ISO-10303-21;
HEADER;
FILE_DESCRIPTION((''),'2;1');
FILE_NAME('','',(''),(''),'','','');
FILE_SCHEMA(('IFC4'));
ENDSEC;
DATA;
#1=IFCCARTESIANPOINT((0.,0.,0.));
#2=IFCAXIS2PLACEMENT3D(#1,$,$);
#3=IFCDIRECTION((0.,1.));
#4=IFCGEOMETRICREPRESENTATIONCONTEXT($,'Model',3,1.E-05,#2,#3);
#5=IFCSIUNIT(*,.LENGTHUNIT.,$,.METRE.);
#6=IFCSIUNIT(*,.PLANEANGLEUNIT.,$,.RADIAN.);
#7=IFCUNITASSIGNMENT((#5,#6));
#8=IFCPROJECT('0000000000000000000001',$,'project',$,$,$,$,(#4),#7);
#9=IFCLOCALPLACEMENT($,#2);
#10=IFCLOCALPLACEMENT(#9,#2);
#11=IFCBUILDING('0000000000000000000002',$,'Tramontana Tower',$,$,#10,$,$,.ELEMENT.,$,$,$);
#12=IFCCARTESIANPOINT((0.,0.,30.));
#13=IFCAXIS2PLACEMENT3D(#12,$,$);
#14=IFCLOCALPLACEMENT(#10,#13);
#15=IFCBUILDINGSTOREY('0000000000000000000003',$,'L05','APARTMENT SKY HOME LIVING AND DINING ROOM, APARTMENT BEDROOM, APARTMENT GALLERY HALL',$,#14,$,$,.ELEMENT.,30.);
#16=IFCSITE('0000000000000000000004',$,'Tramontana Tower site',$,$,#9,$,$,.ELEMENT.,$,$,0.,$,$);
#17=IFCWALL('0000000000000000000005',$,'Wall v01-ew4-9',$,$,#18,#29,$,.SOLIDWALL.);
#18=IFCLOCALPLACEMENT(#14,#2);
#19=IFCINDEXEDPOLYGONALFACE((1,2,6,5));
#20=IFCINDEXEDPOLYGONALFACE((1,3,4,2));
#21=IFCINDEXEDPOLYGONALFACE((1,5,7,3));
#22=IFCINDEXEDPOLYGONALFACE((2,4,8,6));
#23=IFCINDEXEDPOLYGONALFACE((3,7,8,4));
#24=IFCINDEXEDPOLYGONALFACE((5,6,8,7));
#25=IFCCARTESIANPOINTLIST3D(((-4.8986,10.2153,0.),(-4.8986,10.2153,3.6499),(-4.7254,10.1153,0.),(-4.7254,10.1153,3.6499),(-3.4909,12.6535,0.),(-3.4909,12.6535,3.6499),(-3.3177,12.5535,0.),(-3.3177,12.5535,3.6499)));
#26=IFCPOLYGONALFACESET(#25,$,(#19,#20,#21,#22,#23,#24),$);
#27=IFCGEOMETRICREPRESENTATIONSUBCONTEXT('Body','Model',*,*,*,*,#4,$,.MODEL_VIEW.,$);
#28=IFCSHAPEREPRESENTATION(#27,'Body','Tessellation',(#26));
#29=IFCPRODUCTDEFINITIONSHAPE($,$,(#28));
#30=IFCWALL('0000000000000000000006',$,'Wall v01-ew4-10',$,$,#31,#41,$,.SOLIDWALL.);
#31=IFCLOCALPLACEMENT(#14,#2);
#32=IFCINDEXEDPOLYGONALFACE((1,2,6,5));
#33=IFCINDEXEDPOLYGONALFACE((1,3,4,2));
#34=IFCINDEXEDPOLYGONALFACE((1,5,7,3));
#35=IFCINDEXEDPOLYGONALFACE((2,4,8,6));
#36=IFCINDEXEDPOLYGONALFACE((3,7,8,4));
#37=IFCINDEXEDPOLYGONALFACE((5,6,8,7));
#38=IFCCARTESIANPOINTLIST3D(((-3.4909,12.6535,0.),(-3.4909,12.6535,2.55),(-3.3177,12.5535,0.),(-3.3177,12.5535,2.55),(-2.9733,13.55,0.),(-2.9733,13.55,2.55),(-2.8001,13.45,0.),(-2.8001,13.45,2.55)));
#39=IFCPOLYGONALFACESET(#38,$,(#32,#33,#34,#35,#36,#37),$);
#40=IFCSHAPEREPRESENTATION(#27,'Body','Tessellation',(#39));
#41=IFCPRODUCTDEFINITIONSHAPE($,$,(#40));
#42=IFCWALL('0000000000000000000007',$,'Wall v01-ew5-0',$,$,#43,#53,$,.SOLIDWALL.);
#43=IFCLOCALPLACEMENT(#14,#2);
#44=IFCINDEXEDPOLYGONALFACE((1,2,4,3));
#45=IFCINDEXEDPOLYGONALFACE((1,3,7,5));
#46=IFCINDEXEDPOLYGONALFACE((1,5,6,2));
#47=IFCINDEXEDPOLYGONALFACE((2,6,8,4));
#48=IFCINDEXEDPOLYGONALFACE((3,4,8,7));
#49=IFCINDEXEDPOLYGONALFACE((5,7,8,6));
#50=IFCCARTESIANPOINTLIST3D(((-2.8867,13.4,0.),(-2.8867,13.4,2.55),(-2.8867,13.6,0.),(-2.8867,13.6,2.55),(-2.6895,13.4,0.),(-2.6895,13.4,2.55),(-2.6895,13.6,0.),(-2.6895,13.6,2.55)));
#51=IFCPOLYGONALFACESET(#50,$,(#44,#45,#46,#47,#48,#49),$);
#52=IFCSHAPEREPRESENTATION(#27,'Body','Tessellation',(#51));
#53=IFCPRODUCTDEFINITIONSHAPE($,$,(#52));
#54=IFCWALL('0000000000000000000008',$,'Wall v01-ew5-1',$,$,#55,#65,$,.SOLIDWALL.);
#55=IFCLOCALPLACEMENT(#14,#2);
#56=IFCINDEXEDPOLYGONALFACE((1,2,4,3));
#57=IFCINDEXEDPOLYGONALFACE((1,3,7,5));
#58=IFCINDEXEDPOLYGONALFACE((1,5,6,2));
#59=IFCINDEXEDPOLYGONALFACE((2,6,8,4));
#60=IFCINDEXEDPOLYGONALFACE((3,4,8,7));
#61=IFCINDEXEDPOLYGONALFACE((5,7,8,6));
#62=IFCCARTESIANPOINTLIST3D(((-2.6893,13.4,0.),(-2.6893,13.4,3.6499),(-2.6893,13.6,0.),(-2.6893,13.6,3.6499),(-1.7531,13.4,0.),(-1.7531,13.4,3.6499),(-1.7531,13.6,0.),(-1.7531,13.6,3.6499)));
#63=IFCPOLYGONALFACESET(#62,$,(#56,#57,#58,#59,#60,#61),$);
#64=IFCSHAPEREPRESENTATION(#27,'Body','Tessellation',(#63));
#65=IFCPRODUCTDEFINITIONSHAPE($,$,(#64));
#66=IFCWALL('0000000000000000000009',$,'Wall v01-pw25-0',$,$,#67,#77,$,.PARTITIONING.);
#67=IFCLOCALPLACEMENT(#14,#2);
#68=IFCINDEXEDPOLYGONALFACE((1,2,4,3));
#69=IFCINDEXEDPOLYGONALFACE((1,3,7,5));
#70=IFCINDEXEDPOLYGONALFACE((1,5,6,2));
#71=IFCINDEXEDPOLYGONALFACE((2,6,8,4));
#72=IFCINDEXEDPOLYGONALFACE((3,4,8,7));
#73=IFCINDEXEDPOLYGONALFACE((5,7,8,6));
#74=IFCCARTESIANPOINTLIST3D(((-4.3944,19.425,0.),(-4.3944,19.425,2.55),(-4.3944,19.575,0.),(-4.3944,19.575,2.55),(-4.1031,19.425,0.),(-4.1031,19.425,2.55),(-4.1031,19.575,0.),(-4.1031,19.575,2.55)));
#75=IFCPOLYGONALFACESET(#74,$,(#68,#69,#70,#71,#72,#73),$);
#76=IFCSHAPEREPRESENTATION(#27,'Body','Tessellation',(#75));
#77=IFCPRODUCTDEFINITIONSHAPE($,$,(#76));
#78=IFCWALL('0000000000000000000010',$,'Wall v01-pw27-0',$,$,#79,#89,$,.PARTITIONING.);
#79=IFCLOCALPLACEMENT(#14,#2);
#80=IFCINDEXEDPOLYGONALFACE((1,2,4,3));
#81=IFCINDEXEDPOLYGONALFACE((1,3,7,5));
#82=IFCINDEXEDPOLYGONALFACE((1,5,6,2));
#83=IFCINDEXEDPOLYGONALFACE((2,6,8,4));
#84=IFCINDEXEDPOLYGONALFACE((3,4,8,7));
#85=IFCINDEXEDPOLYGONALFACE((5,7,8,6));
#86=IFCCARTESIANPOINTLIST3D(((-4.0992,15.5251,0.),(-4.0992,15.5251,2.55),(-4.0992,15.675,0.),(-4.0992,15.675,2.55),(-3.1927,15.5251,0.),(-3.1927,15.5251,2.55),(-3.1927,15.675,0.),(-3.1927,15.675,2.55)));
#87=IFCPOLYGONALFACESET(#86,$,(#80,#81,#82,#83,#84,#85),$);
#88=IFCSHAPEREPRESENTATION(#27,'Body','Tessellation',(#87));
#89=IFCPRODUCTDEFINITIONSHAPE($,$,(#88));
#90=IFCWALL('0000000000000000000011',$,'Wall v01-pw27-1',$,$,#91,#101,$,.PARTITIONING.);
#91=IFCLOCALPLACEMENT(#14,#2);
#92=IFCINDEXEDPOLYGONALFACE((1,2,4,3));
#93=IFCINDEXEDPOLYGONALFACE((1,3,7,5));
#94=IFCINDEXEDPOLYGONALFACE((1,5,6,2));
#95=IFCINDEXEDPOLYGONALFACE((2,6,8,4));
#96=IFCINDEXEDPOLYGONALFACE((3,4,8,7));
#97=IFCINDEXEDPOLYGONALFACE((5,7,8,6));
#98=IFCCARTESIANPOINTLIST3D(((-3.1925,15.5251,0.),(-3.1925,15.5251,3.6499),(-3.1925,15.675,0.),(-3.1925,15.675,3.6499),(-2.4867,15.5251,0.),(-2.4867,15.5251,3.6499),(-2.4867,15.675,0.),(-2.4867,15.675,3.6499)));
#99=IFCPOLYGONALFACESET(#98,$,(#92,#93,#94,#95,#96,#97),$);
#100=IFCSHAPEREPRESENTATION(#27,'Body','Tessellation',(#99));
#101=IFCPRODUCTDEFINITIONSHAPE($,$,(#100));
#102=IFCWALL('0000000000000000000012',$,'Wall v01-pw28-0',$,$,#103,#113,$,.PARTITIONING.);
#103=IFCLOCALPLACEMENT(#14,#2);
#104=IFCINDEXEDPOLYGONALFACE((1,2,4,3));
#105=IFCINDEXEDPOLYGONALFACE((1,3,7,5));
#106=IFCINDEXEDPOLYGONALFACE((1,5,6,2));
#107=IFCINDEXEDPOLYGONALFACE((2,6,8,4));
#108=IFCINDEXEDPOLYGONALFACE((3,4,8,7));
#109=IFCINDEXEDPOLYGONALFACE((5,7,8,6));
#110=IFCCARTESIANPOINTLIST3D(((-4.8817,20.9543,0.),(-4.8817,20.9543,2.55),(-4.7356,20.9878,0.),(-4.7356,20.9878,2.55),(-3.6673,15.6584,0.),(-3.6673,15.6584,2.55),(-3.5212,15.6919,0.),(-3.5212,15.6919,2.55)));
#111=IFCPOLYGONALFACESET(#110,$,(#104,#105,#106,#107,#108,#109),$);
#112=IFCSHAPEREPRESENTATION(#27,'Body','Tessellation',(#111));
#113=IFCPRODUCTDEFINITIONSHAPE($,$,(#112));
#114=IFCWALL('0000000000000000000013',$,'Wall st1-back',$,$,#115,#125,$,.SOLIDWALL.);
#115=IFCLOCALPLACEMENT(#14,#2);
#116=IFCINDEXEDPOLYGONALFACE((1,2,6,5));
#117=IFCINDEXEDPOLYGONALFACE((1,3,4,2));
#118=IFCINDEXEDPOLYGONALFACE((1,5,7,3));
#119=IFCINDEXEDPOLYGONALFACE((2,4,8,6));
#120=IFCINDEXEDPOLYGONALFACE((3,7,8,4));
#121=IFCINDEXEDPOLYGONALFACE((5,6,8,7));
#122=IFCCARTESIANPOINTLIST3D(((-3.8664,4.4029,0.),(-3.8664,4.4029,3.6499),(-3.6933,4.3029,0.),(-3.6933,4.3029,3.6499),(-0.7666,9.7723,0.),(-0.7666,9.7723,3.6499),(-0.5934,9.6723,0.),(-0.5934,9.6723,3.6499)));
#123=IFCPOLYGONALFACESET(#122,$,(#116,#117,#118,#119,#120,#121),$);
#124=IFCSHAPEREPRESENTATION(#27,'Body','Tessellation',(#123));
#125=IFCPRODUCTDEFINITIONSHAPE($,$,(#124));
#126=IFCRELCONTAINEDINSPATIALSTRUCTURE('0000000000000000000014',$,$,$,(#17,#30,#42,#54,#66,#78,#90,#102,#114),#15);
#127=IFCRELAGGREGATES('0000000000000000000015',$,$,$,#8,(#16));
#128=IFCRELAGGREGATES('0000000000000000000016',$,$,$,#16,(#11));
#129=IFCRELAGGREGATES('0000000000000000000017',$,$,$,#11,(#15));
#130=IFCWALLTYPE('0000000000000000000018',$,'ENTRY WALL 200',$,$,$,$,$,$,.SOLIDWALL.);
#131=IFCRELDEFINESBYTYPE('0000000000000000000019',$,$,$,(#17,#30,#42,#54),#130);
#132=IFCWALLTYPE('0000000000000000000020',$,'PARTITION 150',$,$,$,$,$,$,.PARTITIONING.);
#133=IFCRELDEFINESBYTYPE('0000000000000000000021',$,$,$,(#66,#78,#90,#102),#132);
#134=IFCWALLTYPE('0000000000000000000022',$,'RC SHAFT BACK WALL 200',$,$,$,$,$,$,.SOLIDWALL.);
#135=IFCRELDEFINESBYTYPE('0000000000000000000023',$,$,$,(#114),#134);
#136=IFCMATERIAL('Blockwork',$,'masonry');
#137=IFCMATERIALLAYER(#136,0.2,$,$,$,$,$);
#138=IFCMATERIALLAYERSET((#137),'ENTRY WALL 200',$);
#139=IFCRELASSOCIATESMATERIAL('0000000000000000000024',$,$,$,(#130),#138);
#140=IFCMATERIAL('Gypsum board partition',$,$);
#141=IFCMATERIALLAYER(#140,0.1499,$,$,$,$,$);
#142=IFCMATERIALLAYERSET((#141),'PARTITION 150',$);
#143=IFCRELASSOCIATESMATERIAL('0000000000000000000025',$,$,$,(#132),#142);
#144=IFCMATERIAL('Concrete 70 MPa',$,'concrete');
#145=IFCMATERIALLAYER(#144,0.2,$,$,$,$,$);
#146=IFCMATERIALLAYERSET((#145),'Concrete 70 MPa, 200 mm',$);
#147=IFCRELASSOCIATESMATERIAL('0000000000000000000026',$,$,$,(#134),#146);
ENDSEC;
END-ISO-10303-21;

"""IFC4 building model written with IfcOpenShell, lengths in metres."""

from ifc_helpers import new_model, si_unit, direction, frame, frame_2d, origin, place, context, subcontext, project, spatial, rectangle, extrude, material, layer, layer_set, type_object, element, save


model = new_model("IFC4")

# Units and contexts
model_context = context("Model", 3, precision=1e-05, world=origin(), true_north=direction((0.0, 1.0)))
body_context = subcontext(model_context, "Body", "Model", "MODEL_VIEW")
ifc_project = project(units=[si_unit("LENGTHUNIT", "METRE"), si_unit("PLANEANGLEUNIT", "RADIAN")], contexts=[model_context])

# Site, building, storey
site_placement = place(None, origin())
site = spatial("IfcSite", under=ifc_project, at=site_placement, Name="Tramontana Tower site", CompositionType="ELEMENT", RefElevation=0.0)
building_placement = place(site_placement, origin())
building = spatial("IfcBuilding", under=site, at=building_placement, Name="Tramontana Tower", CompositionType="ELEMENT")
storey_placement = place(building_placement, frame((0.0, 0.0, 30.0)))
storey = spatial("IfcBuildingStorey", under=building, at=storey_placement, Name="L05", Description="APARTMENT SKY HOME LIVING AND DINING ROOM, APARTMENT BEDROOM, APARTMENT GALLERY HALL", CompositionType="ELEMENT", Elevation=30.0)

# Walls
ifc_material_1 = material(Name="Blockwork", Category="masonry")
ifc_layer_1 = layer(ifc_material_1, 0.2)
ifc_layer_set_1 = layer_set([ifc_layer_1], Name="ENTRY WALL 200")
wall_type_1 = type_object("IfcWallType", Name="ENTRY WALL 200", PredefinedType="SOLIDWALL", material=ifc_layer_set_1)
wall_1_placement = place(storey_placement, frame((-4.812, 10.1653, 0.0), z_axis=(0.0, 0.0, 1.0), x_axis=(0.5, 0.866025, 0.0)))
element("IfcWall", 1, at=wall_1_placement, inside=storey, type_object=wall_type_1, Name="Wall v01-ew4-9", PredefinedType="SOLIDWALL", context=body_context, shape_type="SweptSolid", body=[
    extrude(rectangle(XDim=2.8154, YDim=0.2, at=frame_2d((1.4077, 0.0))), origin(), (0.0, 0.0, 1.0), 3.6499),
])
wall_2_placement = place(storey_placement, frame((-3.4043, 12.6035, 0.0), z_axis=(0.0, 0.0, 1.0), x_axis=(0.499995, 0.866028, 0.0)))
element("IfcWall", 2, at=wall_2_placement, inside=storey, type_object=wall_type_1, Name="Wall v01-ew4-10", PredefinedType="SOLIDWALL", context=body_context, shape_type="SweptSolid", body=[
    extrude(rectangle(XDim=1.0352, YDim=0.2, at=frame_2d((0.5176, 0.0))), origin(), (0.0, 0.0, 1.0), 2.55),
])
wall_3_placement = place(storey_placement, frame((-2.8867, 13.5, 0.0), z_axis=(0.0, 0.0, 1.0), x_axis=(1.0, 0.0, 0.0)))
element("IfcWall", 3, at=wall_3_placement, inside=storey, type_object=wall_type_1, Name="Wall v01-ew5-0", PredefinedType="SOLIDWALL", context=body_context, shape_type="SweptSolid", body=[
    extrude(rectangle(XDim=0.1973, YDim=0.2, at=frame_2d((0.0986, 0.0))), origin(), (0.0, 0.0, 1.0), 2.55),
])
wall_4_placement = place(storey_placement, frame((-2.6895, 13.5, 0.0), z_axis=(0.0, 0.0, 1.0), x_axis=(1.0, 0.0, 0.0)))
element("IfcWall", 4, at=wall_4_placement, inside=storey, type_object=wall_type_1, Name="Wall v01-ew5-1", PredefinedType="SOLIDWALL", context=body_context, shape_type="SweptSolid", body=[
    extrude(rectangle(XDim=0.9363, YDim=0.2, at=frame_2d((0.4683, 0.0))), origin(), (0.0, 0.0, 1.0), 3.6499),
])
ifc_material_2 = material(Name="Gypsum board partition")
ifc_layer_2 = layer(ifc_material_2, 0.1499)
ifc_layer_set_2 = layer_set([ifc_layer_2], Name="PARTITION 150")
wall_type_2 = type_object("IfcWallType", Name="PARTITION 150", PredefinedType="PARTITIONING", material=ifc_layer_set_2)
wall_5_placement = place(storey_placement, frame((-4.3943, 19.5, 0.0), z_axis=(0.0, 0.0, 1.0), x_axis=(1.0, 0.0, 0.0)))
element("IfcWall", 5, at=wall_5_placement, inside=storey, type_object=wall_type_2, Name="Wall v01-pw25-0", PredefinedType="PARTITIONING", context=body_context, shape_type="SweptSolid", body=[
    extrude(rectangle(XDim=0.2913, YDim=0.1499, at=frame_2d((0.1455, 0.0))), origin(), (0.0, 0.0, 1.0), 2.55),
])
wall_6_placement = place(storey_placement, frame((-4.0991, 15.6001, 0.0), z_axis=(0.0, 0.0, 1.0), x_axis=(1.0, 0.0, 0.0)))
element("IfcWall", 6, at=wall_6_placement, inside=storey, type_object=wall_type_2, Name="Wall v01-pw27-0", PredefinedType="PARTITIONING", context=body_context, shape_type="SweptSolid", body=[
    extrude(rectangle(XDim=0.9065, YDim=0.1499, at=frame_2d((0.4531, 0.0))), origin(), (0.0, 0.0, 1.0), 2.55),
])
wall_7_placement = place(storey_placement, frame((-3.1926, 15.6001, 0.0), z_axis=(0.0, 0.0, 1.0), x_axis=(1.0, 0.0, 0.0)))
element("IfcWall", 7, at=wall_7_placement, inside=storey, type_object=wall_type_2, Name="Wall v01-pw27-1", PredefinedType="PARTITIONING", context=body_context, shape_type="SweptSolid", body=[
    extrude(rectangle(XDim=0.7058, YDim=0.1499, at=frame_2d((0.353, 0.0))), origin(), (0.0, 0.0, 1.0), 3.6499),
])
wall_8_placement = place(storey_placement, frame((-3.5942, 15.675, 0.0), z_axis=(0.0, 0.0, 1.0), x_axis=(-0.223501, 0.974704, 0.0)))
element("IfcWall", 8, at=wall_8_placement, inside=storey, type_object=wall_type_2, Name="Wall v01-pw28-0", PredefinedType="PARTITIONING", context=body_context, shape_type="SweptSolid", body=[
    extrude(rectangle(XDim=5.4333, YDim=0.1499, at=frame_2d((2.7168, 0.0))), origin(), (0.0, 0.0, 1.0), 2.55),
])

# Wall
ifc_material_3 = material(Name="Concrete 70 MPa", Category="concrete")
ifc_layer_3 = layer(ifc_material_3, 0.2)
ifc_layer_set_3 = layer_set([ifc_layer_3], Name="Concrete 70 MPa, 200 mm")
wall_type_3 = type_object("IfcWallType", Name="RC SHAFT BACK WALL 200", PredefinedType="SOLIDWALL", material=ifc_layer_set_3)
wall_9_placement = place(storey_placement, frame((-0.6799, 9.7224, 0.0), z_axis=(0.0, 0.0, 1.0), x_axis=(-0.49998, -0.866037, 0.0)))
element("IfcWall", 9, at=wall_9_placement, inside=storey, type_object=wall_type_3, Name="Wall st1-back", PredefinedType="SOLIDWALL", context=body_context, shape_type="SweptSolid", body=[
    extrude(rectangle(XDim=6.2, YDim=0.2, at=frame_2d((3.1001, 0.0))), origin(), (0.0, 0.0, 1.0), 3.6499),
])

save(model, "model.ifc")
